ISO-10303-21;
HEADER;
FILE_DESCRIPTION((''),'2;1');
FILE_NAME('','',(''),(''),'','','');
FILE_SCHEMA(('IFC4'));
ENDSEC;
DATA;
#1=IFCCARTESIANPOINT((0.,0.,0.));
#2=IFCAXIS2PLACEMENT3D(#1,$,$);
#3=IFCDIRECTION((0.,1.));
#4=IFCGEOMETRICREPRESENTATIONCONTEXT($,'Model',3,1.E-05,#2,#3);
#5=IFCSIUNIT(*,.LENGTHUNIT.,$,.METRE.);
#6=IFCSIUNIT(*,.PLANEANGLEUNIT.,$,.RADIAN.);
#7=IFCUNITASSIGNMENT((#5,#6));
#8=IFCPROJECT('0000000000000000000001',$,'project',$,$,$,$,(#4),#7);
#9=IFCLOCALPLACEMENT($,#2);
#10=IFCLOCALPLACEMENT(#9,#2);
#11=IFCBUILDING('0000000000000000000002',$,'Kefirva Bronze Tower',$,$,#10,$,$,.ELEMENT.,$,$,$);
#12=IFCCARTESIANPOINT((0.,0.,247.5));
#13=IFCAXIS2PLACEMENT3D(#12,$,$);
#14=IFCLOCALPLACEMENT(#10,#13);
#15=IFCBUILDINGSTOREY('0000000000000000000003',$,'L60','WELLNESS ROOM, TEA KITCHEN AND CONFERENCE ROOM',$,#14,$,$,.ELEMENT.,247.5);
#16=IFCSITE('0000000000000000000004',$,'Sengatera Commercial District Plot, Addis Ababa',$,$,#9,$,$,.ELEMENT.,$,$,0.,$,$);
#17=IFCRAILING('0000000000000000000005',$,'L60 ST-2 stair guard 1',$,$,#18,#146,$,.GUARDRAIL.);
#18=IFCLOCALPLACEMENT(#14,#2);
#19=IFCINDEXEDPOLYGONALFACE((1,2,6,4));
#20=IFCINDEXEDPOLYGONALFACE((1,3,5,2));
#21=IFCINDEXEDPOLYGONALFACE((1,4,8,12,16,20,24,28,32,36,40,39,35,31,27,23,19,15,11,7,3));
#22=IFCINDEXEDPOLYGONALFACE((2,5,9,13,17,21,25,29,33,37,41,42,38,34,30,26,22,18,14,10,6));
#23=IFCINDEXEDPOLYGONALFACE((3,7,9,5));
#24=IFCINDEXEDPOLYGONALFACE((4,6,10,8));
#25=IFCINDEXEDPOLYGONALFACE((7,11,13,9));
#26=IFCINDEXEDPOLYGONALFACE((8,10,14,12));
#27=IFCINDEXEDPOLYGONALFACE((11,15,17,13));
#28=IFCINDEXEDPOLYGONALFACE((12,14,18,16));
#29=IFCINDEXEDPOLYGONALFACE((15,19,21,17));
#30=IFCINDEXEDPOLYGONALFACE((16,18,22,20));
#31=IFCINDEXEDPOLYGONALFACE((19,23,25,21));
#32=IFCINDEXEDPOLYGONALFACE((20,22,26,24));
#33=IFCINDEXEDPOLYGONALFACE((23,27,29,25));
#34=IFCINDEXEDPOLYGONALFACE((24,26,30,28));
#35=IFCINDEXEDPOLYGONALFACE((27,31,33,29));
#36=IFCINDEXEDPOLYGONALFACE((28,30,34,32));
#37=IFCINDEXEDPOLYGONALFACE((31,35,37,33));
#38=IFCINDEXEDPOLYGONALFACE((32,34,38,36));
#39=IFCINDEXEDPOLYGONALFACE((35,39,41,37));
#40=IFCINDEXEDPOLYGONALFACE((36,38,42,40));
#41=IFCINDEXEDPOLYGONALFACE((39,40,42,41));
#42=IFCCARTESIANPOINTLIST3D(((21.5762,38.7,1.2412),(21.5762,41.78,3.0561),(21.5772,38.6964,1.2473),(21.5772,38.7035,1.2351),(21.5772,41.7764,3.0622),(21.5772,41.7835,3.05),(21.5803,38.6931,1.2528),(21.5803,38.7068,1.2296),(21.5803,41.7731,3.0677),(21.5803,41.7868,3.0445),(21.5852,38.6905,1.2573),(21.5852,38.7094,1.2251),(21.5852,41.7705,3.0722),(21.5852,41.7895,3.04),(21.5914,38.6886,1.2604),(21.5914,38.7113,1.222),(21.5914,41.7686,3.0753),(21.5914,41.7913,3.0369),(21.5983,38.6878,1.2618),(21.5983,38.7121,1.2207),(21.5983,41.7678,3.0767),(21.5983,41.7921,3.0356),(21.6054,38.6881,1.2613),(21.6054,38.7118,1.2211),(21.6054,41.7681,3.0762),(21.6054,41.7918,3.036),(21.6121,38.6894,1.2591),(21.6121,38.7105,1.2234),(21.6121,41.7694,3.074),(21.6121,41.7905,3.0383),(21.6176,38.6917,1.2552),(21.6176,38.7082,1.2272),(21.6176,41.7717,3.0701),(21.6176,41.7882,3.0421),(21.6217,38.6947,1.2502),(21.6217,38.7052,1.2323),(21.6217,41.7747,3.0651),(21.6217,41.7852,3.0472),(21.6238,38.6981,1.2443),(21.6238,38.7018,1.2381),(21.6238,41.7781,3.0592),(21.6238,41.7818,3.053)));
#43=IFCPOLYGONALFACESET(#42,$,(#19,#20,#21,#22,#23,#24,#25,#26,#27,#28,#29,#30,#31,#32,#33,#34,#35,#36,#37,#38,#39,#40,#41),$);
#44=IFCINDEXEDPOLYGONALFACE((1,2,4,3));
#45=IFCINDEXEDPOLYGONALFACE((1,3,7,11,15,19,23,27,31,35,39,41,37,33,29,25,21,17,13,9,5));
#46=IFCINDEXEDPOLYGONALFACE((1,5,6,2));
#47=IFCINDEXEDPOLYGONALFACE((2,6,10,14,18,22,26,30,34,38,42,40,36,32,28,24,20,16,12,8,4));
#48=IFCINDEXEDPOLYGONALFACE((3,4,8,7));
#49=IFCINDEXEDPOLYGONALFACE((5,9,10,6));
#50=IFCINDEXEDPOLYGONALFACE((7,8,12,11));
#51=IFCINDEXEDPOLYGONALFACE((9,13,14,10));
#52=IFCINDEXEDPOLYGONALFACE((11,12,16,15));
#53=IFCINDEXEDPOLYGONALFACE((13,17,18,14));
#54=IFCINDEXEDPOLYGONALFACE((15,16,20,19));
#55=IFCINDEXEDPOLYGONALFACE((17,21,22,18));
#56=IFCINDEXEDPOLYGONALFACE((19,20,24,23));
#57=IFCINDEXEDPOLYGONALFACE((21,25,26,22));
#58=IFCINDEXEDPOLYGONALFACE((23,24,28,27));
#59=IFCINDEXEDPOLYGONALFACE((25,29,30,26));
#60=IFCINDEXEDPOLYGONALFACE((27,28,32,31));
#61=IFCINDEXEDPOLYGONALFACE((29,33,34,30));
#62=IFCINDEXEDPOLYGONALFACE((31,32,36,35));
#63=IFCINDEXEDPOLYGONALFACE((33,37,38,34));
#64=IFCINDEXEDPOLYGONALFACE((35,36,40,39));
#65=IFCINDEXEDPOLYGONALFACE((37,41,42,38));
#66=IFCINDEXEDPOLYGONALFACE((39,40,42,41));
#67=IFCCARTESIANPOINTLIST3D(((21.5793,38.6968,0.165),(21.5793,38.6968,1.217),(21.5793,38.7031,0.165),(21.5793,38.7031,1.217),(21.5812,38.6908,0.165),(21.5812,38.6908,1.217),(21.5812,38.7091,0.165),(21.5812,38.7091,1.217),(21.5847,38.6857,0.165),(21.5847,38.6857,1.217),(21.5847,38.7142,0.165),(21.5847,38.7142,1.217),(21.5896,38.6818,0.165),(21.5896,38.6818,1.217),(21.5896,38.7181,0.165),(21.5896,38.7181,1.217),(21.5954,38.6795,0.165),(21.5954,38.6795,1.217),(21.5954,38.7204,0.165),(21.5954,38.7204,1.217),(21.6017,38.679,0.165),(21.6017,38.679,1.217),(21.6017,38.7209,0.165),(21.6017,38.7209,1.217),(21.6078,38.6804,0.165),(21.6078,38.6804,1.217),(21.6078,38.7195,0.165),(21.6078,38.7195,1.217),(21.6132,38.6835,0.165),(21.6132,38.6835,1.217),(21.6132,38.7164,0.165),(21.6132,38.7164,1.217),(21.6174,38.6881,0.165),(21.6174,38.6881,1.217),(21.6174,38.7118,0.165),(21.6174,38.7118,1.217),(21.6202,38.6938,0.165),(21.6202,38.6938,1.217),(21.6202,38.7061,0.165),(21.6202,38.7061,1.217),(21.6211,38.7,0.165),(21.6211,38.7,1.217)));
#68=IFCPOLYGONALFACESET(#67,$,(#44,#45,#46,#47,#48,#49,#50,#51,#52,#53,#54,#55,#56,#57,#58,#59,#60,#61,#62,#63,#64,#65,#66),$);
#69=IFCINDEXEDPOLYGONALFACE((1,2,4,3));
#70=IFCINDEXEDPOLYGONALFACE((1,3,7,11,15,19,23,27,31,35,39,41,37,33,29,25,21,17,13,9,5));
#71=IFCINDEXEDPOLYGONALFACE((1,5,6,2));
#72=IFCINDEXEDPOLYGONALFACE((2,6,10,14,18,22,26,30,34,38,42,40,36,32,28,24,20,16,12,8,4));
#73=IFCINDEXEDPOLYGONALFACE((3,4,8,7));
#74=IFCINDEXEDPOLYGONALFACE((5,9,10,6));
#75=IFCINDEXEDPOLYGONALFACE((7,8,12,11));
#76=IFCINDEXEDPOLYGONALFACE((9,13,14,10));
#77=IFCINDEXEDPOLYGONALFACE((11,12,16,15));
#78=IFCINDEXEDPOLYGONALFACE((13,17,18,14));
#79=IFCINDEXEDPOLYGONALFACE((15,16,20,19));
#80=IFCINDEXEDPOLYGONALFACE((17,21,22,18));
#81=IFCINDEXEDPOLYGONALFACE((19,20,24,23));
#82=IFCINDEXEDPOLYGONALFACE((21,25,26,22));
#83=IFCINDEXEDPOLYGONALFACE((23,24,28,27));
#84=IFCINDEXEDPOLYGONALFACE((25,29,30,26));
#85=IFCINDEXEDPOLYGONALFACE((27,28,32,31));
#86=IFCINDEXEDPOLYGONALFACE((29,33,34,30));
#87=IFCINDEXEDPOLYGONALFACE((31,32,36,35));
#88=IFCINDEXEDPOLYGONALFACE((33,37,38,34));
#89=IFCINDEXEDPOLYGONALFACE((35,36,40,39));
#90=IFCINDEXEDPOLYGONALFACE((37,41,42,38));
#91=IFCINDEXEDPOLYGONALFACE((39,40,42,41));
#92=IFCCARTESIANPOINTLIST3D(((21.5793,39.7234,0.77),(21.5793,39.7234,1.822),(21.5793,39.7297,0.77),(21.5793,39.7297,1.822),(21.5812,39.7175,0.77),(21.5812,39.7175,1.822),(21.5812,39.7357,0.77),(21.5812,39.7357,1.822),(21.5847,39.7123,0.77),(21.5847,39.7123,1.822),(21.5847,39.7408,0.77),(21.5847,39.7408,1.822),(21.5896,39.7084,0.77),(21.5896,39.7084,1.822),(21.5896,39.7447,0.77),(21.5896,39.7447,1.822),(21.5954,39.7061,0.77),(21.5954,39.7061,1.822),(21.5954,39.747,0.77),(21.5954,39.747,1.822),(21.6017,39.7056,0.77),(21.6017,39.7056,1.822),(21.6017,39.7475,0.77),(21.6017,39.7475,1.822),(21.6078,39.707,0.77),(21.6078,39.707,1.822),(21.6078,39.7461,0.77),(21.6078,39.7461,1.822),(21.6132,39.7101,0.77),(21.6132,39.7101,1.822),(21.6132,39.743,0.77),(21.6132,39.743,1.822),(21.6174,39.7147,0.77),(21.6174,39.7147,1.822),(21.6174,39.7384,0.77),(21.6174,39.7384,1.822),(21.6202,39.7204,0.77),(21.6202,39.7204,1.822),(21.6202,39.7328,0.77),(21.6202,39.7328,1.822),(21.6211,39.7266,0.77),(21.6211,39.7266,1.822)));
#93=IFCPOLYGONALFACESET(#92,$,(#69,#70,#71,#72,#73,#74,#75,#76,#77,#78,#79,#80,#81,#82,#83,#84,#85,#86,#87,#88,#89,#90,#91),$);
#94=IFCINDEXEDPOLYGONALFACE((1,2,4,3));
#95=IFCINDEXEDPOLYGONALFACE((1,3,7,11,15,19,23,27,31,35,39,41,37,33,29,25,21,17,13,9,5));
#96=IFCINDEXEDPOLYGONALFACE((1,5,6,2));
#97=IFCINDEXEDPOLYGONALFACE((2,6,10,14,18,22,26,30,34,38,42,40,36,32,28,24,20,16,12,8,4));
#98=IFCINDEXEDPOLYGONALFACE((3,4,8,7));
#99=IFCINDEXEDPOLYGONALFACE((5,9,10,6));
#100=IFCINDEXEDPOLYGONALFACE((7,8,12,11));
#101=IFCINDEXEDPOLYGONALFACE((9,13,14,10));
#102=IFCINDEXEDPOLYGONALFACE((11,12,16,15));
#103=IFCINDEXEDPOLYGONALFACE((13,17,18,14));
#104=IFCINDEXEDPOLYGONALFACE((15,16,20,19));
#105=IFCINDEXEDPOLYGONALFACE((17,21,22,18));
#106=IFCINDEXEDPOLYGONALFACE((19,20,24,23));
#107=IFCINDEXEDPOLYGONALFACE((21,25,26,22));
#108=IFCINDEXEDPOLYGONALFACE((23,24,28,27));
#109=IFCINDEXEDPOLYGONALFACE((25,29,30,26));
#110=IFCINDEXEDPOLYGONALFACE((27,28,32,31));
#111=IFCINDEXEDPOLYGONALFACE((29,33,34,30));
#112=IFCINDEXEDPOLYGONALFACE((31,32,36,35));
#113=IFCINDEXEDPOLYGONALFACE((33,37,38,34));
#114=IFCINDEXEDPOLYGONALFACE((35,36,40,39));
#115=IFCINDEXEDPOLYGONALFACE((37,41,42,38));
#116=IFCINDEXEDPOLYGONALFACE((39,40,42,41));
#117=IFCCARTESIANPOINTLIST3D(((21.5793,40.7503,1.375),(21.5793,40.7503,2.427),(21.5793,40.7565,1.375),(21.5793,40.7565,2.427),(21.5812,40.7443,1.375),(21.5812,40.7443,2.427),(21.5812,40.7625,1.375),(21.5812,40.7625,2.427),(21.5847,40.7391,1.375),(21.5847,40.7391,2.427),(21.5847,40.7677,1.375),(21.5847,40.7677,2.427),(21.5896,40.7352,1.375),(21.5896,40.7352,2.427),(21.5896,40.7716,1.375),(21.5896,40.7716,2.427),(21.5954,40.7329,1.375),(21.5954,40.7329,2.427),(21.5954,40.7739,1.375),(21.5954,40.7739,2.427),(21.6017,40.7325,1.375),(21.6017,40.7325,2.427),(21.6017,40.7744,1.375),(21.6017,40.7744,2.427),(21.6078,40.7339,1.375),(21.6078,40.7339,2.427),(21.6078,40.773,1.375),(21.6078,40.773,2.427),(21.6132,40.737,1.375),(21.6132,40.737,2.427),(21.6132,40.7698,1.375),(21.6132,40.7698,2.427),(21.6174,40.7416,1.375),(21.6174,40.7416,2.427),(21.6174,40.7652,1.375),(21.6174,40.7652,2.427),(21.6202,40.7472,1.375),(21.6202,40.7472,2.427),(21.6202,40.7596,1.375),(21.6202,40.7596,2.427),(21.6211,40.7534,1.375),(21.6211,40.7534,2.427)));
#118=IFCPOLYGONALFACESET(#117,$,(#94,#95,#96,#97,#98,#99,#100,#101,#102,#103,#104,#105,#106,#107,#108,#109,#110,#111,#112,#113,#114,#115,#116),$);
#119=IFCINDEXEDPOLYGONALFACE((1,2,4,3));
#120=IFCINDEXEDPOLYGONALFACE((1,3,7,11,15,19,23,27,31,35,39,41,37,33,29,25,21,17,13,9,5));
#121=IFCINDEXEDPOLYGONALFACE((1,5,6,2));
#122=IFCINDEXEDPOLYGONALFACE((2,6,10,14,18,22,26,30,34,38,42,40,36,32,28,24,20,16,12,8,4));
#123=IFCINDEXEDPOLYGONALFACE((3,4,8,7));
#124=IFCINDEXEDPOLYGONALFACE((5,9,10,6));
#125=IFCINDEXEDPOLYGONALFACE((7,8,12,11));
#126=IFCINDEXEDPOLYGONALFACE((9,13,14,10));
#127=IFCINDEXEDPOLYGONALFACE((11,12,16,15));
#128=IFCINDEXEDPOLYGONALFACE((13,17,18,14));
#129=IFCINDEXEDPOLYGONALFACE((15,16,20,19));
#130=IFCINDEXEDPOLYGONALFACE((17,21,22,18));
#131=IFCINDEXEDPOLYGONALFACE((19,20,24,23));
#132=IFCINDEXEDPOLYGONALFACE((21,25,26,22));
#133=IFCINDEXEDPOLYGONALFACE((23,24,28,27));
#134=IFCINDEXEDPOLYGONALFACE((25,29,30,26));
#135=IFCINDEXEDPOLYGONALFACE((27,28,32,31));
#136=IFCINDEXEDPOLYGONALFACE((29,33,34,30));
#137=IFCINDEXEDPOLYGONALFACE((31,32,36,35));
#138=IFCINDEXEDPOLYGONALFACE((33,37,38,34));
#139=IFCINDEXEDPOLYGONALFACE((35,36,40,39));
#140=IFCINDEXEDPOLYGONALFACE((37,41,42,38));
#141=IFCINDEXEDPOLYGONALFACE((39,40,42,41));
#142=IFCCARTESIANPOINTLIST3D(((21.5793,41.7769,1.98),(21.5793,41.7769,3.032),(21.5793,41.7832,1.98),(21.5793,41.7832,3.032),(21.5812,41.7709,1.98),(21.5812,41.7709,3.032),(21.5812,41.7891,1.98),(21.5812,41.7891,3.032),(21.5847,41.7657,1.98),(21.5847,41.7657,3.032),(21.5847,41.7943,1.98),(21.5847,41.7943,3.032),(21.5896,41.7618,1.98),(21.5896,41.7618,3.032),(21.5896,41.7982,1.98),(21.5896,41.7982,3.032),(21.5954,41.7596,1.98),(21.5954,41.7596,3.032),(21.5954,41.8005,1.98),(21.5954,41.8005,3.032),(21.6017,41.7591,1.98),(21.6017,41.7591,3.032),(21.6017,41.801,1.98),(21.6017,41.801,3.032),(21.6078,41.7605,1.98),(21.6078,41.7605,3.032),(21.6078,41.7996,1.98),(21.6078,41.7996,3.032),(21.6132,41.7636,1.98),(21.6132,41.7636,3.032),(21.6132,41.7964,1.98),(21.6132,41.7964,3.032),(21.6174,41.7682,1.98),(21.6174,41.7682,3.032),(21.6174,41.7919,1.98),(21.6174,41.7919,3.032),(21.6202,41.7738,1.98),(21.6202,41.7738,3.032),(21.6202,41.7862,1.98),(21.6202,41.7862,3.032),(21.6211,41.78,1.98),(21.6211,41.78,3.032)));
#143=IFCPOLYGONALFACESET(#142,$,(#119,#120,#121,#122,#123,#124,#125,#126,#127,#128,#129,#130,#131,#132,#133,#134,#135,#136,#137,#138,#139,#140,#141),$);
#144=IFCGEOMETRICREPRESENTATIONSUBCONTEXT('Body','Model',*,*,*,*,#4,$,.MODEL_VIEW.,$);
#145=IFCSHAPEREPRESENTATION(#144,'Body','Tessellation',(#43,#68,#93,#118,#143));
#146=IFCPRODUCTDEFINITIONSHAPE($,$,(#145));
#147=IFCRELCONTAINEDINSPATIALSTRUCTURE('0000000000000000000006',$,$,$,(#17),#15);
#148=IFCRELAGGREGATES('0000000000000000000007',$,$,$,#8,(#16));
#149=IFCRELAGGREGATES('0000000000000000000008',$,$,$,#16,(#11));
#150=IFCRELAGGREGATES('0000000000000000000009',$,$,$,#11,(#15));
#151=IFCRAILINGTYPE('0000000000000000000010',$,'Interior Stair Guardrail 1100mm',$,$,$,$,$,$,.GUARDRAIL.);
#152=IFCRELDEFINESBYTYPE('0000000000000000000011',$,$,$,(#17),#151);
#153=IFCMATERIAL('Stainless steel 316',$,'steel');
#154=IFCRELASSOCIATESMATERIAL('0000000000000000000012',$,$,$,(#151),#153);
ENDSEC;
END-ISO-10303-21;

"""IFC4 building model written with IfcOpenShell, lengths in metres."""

from ifc_helpers import new_model, si_unit, direction, frame, origin, origin_2d, place, context, subcontext, project, spatial, circle, extrude, material, type_object, element, save


model = new_model("IFC4")

# Units and contexts
model_context = context("Model", 3, precision=1e-05, world=origin(), true_north=direction((0.0, 1.0)))
body_context = subcontext(model_context, "Body", "Model", "MODEL_VIEW")
ifc_project = project(units=[si_unit("LENGTHUNIT", "METRE"), si_unit("PLANEANGLEUNIT", "RADIAN")], contexts=[model_context])

# Site, building, storey
site_placement = place(None, origin())
site = spatial("IfcSite", under=ifc_project, at=site_placement, Name="Sengatera Commercial District Plot, Addis Ababa", CompositionType="ELEMENT", RefElevation=0.0)
building_placement = place(site_placement, origin())
building = spatial("IfcBuilding", under=site, at=building_placement, Name="Kefirva Bronze Tower", CompositionType="ELEMENT")
storey_placement = place(building_placement, frame((0.0, 0.0, 247.5)))
storey = spatial("IfcBuildingStorey", under=building, at=storey_placement, Name="L60", Description="WELLNESS ROOM, TEA KITCHEN AND CONFERENCE ROOM", CompositionType="ELEMENT", Elevation=247.5)

# Shared definitions
ifc_material_1 = material(Name="Stainless steel 316", Category="steel")

# Railing
railing_type_1 = type_object("IfcRailingType", Name="Interior Stair Guardrail 1100mm", PredefinedType="GUARDRAIL", material=ifc_material_1)
railing_1_placement = place(storey_placement, frame((21.6001, 38.7, 0.165)))
element("IfcRailing", 1, at=railing_1_placement, inside=storey, type_object=railing_type_1, Name="L60 ST-2 stair guard 1", PredefinedType="GUARDRAIL", context=body_context, shape_type="SweptSolid", body=[
    extrude(circle(Radius=0.0239, at=origin_2d()), frame((0.0, 0.0, 1.0762), z_axis=(0.0, 0.861551, 0.507671), x_axis=(-1.0, 0.0, 0.0)), (0.0, 0.0, 1.0), 3.575),
    extrude(circle(Radius=0.021, at=origin_2d()), origin(), (0.0, 0.0, 1.0), 1.052),
    extrude(circle(Radius=0.021, at=origin_2d()), frame((0.0, 1.0266, 0.605)), (0.0, 0.0, 1.0), 1.052),
    extrude(circle(Radius=0.021, at=origin_2d()), frame((0.0, 2.0535, 1.21)), (0.0, 0.0, 1.0), 1.052),
    extrude(circle(Radius=0.021, at=origin_2d()), frame((0.0, 3.0801, 1.8149)), (0.0, 0.0, 1.0), 1.052),
])

save(model, "model.ifc")
